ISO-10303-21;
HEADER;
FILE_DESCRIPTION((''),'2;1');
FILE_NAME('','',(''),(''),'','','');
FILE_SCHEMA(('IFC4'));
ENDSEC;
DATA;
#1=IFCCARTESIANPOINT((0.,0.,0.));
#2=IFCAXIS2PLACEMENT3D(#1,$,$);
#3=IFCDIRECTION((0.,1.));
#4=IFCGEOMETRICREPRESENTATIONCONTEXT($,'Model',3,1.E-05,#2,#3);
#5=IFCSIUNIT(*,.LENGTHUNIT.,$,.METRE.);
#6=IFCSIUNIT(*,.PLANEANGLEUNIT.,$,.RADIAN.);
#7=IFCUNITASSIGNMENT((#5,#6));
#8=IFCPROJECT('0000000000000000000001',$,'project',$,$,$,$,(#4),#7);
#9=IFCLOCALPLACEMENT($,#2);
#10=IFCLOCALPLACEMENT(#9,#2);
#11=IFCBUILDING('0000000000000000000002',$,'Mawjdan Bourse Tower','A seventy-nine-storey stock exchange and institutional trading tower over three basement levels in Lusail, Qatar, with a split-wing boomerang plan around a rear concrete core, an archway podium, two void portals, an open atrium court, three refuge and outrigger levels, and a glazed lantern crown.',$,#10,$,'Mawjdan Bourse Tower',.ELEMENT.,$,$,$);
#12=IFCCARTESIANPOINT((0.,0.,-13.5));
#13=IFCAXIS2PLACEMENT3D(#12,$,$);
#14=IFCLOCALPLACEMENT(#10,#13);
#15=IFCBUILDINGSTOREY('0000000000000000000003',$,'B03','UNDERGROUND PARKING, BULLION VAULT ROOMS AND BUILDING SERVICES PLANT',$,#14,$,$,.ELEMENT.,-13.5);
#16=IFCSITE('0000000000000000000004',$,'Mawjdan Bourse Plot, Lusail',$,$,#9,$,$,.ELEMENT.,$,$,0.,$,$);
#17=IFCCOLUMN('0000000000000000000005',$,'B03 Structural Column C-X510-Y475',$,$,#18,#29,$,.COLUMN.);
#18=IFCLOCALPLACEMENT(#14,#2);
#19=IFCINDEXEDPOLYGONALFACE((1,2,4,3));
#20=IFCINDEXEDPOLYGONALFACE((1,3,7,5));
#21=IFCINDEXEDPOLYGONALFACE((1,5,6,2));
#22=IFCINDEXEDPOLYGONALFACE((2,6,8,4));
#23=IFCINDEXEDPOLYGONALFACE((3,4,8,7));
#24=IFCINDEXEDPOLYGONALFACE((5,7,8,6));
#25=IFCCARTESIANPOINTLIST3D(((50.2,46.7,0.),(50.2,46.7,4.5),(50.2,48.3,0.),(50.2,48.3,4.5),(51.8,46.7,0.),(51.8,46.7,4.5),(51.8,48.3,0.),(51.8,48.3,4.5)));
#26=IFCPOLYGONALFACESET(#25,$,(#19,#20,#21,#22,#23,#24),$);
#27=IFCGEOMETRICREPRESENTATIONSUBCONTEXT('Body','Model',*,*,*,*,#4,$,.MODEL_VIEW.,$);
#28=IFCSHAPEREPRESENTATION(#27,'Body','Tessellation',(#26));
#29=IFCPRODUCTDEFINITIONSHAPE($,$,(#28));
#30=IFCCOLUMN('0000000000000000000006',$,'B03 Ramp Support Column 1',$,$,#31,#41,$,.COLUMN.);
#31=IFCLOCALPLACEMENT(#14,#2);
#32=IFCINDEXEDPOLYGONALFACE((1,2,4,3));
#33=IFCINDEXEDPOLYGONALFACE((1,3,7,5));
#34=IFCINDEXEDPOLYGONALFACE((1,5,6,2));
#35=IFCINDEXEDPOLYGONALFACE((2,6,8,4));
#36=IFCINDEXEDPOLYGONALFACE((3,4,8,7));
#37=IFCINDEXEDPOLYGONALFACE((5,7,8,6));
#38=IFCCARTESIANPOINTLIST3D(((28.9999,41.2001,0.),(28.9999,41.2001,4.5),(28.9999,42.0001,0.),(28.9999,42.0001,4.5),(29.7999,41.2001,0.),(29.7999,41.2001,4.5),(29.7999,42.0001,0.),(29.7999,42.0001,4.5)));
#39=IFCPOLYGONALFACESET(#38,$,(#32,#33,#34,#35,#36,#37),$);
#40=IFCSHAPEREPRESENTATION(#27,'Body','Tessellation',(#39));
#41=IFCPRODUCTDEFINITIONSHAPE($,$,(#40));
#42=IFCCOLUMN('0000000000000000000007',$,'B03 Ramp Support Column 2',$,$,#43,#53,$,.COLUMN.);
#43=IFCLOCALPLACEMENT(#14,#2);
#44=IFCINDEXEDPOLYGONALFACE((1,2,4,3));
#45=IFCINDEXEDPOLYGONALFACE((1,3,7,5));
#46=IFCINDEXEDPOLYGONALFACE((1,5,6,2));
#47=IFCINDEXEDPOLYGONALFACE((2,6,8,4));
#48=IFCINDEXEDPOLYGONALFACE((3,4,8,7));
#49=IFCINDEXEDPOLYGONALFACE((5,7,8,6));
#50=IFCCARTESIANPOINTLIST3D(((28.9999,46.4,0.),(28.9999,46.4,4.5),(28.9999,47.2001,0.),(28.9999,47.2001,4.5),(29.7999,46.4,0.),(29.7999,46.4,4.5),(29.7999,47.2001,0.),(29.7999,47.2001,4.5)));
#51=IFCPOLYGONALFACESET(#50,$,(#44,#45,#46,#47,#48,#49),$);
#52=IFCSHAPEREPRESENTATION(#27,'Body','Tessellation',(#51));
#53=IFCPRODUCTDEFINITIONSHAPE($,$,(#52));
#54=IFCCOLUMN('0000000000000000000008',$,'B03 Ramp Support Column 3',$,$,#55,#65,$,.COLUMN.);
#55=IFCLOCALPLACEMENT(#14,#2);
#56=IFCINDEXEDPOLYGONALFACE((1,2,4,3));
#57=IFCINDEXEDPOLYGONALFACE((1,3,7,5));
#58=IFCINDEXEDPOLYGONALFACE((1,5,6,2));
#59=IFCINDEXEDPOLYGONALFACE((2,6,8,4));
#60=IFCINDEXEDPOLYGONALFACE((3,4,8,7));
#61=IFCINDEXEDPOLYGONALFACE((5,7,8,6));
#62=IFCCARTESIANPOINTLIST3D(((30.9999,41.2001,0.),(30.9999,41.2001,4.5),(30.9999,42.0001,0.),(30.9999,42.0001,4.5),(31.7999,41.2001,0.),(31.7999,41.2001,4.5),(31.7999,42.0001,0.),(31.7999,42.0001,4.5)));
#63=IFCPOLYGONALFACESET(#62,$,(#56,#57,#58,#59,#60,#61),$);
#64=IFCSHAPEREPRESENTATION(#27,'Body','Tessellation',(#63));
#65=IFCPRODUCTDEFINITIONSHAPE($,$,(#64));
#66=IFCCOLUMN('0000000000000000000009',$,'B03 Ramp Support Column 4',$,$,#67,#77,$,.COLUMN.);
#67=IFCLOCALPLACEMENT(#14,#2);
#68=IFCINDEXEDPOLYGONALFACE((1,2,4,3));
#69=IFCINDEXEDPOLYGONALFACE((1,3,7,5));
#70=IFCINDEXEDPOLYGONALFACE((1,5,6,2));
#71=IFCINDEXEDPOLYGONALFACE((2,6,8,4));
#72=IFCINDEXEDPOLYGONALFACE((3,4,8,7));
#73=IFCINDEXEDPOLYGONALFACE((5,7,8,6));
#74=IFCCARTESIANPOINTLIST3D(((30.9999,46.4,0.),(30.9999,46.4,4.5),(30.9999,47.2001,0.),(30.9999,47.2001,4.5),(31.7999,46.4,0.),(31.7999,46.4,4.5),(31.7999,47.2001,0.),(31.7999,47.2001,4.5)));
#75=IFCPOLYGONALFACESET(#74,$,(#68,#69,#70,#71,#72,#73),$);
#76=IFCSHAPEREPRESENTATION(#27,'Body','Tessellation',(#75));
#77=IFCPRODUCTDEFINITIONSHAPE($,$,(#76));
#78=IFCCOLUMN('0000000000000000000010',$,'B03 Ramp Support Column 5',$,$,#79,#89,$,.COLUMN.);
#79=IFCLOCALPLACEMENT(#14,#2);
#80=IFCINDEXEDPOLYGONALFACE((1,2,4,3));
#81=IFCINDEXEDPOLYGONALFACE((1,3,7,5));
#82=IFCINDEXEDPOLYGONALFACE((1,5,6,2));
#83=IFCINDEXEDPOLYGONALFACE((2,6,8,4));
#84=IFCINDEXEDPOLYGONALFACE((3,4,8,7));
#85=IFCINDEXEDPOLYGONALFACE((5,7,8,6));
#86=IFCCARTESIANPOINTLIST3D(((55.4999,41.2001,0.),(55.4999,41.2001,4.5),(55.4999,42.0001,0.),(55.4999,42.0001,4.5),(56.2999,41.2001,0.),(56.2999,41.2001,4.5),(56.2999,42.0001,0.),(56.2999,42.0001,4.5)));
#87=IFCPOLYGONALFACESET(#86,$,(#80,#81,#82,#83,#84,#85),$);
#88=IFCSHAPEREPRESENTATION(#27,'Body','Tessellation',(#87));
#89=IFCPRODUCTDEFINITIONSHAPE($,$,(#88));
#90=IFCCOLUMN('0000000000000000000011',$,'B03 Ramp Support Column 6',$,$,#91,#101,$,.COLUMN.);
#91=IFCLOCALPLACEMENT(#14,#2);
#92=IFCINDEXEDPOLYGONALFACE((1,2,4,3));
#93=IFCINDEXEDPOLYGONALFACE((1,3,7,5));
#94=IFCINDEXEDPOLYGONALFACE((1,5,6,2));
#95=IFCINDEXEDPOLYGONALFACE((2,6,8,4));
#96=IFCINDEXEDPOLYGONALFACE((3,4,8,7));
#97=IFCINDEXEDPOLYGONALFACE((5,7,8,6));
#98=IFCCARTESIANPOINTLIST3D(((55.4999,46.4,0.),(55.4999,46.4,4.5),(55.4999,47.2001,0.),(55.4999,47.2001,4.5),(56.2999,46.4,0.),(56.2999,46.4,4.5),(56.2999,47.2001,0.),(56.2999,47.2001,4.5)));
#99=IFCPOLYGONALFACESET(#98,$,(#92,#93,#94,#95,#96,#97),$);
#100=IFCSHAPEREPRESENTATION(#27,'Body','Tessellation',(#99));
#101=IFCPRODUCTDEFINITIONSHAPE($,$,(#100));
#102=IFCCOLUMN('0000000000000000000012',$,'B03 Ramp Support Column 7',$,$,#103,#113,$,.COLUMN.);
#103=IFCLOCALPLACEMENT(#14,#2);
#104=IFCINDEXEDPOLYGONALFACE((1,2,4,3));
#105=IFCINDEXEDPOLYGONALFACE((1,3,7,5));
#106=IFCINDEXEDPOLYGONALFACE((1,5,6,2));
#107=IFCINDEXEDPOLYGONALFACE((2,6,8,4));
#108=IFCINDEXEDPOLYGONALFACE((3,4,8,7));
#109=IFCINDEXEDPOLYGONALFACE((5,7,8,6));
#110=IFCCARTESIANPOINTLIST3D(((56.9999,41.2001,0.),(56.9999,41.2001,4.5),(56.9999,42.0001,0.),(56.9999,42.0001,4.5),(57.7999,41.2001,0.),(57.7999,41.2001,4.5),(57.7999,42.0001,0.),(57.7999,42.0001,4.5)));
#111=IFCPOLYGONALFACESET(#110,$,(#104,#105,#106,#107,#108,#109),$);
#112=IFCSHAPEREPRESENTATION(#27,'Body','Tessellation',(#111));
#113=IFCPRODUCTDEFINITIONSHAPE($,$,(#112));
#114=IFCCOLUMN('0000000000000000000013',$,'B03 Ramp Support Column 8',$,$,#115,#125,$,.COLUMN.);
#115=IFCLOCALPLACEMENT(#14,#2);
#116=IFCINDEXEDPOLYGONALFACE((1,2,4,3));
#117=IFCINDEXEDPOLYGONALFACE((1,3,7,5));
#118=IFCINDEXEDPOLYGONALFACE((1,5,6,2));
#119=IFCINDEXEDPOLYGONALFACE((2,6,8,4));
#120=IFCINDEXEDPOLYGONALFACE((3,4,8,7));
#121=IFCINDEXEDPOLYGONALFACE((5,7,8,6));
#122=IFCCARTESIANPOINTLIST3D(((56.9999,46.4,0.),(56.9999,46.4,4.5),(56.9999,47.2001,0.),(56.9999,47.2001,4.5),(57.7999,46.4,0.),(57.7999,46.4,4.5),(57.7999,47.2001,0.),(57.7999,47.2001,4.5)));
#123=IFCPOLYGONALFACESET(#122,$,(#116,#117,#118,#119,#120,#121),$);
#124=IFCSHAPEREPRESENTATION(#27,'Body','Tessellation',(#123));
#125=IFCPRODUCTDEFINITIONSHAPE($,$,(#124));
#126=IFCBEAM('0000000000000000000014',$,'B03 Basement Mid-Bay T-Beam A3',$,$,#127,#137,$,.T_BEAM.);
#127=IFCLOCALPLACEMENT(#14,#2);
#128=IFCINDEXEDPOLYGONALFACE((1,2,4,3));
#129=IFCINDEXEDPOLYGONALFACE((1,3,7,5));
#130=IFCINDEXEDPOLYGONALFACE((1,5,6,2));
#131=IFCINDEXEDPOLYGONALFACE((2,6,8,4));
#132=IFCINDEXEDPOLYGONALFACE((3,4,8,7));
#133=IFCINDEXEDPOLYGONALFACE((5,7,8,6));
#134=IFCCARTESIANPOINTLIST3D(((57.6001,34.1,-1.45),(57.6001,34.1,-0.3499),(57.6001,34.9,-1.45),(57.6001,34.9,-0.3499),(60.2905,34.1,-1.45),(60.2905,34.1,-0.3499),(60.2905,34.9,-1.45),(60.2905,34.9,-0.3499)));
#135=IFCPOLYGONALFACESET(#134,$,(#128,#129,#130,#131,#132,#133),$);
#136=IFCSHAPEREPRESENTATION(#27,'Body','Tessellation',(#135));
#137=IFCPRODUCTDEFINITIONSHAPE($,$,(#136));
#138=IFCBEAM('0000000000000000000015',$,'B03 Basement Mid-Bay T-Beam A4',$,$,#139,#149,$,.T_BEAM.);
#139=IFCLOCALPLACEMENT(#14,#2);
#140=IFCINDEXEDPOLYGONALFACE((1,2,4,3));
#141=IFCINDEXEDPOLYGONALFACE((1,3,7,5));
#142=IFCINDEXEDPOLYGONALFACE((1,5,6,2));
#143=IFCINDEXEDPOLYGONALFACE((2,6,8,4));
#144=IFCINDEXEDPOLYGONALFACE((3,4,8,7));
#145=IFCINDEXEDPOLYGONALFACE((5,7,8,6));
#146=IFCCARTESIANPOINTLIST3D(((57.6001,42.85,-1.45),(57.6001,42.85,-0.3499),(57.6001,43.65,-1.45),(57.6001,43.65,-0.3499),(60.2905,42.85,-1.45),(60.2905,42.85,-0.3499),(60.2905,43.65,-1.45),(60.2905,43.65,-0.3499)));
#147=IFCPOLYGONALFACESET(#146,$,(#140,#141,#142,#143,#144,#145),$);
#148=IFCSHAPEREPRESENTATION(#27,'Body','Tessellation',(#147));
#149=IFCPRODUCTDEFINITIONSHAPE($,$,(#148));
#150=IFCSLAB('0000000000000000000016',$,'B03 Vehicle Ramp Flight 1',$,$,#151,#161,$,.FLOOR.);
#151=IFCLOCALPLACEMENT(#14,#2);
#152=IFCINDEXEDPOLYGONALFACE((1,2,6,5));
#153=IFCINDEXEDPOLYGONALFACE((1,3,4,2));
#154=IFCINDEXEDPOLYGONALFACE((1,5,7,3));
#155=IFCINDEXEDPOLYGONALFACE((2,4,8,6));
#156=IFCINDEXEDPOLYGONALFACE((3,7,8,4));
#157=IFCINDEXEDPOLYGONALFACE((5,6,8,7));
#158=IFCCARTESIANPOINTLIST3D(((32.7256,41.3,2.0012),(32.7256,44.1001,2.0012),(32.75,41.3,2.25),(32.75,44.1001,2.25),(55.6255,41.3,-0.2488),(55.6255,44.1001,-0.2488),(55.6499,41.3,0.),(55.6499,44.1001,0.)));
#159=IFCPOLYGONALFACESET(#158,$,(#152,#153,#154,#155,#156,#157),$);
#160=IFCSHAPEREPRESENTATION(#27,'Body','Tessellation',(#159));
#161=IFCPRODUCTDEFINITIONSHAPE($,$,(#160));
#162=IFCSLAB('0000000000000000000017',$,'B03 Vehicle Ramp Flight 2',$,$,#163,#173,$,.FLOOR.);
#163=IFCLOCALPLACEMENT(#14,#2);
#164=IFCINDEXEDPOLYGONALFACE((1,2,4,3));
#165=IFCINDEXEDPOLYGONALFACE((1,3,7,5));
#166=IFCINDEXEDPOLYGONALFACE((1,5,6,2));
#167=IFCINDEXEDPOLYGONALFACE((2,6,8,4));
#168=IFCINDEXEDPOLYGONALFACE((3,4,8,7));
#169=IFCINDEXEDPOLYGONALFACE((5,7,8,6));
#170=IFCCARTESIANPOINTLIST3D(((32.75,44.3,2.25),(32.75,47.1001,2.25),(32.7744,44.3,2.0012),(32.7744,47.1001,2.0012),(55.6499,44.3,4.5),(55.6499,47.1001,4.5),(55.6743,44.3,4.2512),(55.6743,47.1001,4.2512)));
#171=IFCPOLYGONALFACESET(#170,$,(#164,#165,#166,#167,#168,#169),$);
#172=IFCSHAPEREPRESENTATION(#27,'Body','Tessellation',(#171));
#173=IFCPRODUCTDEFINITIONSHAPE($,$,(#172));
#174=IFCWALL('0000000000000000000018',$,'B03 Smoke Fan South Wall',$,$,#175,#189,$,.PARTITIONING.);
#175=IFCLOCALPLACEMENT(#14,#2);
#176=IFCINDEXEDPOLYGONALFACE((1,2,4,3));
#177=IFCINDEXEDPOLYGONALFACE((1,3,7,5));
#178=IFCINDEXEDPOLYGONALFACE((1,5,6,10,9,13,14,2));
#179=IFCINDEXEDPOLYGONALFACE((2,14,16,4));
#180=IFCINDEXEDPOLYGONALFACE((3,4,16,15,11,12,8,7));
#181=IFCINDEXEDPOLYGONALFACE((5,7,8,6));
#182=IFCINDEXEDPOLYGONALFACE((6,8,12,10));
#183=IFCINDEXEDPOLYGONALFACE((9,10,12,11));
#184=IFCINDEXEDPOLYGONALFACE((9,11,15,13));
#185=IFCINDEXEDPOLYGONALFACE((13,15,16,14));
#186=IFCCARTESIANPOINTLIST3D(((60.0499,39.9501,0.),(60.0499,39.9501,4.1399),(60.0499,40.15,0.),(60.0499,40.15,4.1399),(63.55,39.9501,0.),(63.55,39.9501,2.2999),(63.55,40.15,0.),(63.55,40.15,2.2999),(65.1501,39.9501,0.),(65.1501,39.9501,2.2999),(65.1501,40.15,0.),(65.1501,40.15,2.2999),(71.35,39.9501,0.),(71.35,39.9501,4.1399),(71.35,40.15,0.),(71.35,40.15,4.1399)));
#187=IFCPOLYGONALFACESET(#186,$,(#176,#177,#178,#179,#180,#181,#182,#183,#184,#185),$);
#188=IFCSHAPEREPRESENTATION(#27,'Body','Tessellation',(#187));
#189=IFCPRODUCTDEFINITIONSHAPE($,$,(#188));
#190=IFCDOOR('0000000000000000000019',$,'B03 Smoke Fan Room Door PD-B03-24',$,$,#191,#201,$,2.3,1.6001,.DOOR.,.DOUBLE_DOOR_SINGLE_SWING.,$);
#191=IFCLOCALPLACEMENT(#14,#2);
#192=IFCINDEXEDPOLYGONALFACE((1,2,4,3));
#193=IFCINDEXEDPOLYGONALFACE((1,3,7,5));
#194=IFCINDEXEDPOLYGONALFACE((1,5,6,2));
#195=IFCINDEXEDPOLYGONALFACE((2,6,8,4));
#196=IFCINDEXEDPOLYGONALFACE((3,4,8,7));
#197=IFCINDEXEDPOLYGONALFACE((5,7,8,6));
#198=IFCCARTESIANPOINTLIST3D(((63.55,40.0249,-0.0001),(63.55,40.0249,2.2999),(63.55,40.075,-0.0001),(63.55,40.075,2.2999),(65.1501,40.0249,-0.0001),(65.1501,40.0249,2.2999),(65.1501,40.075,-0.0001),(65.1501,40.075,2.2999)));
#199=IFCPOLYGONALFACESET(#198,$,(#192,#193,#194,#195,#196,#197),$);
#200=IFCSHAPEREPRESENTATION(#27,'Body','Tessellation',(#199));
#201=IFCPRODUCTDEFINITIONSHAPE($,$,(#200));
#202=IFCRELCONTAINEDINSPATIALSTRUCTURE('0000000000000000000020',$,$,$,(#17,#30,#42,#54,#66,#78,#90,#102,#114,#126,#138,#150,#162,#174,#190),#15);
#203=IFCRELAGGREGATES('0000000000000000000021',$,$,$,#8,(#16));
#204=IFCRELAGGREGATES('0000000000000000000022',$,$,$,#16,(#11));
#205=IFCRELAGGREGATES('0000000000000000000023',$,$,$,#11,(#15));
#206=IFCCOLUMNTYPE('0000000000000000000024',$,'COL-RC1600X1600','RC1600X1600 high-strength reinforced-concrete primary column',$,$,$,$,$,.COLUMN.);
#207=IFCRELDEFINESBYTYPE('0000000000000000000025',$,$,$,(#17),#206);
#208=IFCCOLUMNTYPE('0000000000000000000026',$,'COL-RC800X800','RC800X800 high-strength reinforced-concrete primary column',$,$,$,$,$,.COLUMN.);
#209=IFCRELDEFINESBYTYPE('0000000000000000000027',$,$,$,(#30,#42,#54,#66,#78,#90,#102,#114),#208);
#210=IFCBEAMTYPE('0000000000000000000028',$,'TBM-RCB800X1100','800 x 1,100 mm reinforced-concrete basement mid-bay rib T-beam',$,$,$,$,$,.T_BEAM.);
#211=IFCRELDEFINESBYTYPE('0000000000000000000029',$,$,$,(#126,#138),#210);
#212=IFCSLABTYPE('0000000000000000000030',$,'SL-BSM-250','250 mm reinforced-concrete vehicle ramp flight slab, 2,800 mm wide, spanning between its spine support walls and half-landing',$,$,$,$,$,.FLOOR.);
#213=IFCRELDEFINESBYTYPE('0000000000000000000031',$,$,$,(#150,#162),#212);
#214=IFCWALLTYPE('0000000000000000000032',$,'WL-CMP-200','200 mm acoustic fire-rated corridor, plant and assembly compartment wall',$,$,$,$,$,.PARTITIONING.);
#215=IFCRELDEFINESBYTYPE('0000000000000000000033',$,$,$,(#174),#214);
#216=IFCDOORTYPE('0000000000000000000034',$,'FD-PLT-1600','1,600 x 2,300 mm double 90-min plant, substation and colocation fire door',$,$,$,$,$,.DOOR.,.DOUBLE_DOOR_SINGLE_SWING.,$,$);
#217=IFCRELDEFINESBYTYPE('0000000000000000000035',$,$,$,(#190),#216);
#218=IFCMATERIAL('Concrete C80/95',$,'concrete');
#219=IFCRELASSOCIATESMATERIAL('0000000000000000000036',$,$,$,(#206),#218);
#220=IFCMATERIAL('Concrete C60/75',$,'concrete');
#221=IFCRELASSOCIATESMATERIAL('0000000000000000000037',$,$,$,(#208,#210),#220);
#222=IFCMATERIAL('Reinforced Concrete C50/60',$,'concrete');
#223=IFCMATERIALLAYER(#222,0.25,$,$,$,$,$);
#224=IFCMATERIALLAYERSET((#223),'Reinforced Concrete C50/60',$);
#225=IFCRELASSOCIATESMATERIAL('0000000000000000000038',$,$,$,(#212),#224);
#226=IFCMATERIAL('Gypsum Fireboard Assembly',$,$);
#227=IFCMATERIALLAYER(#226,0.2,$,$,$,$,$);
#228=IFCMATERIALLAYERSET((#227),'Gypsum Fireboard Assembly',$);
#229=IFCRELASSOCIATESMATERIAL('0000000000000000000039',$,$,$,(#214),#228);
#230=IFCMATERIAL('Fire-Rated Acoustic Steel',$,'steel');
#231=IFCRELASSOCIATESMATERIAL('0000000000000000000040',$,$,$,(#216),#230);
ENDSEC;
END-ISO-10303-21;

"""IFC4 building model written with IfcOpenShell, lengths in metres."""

from ifc_helpers import new_model, si_unit, direction, frame, frame_2d, origin, origin_2d, place, context, subcontext, project, spatial, polyline, rectangle, outline, extrude, material, layer, layer_set, material_profile, profile_set, type_object, element, fill, save


model = new_model("IFC4")

# Units and contexts
model_context = context("Model", 3, precision=1e-05, world=origin(), true_north=direction((0.0, 1.0)))
body_context = subcontext(model_context, "Body", "Model", "MODEL_VIEW")
ifc_project = project(units=[si_unit("LENGTHUNIT", "METRE"), si_unit("PLANEANGLEUNIT", "RADIAN")], contexts=[model_context])

# Site, building, storey
site_placement = place(None, origin())
site = spatial("IfcSite", under=ifc_project, at=site_placement, Name="Mawjdan Bourse Plot, Lusail", CompositionType="ELEMENT", RefElevation=0.0)
building_placement = place(site_placement, origin())
building = spatial("IfcBuilding", under=site, at=building_placement, Name="Mawjdan Bourse Tower", Description="A seventy-nine-storey stock exchange and institutional trading tower over three basement levels in Lusail, Qatar, with a split-wing boomerang plan around a rear concrete core, an archway podium, two void portals, an open atrium court, three refuge and outrigger levels, and a glazed lantern crown.", LongName="Mawjdan Bourse Tower", CompositionType="ELEMENT")
storey_placement = place(building_placement, frame((0.0, 0.0, -13.5)))
storey = spatial("IfcBuildingStorey", under=building, at=storey_placement, Name="B03", Description="UNDERGROUND PARKING, BULLION VAULT ROOMS AND BUILDING SERVICES PLANT", CompositionType="ELEMENT", Elevation=-13.5)

# Shared definitions
ifc_material_1 = material(Name="Concrete C60/75", Category="concrete")

# Columns
ifc_material_2 = material(Name="Concrete C80/95", Category="concrete")
ifc_material_profile_1 = material_profile(ifc_material_2, rectangle(XDim=1.6001, YDim=1.6001, at=origin_2d()), Name="RC1600X1600")
ifc_profile_set_1 = profile_set([ifc_material_profile_1], Name="Concrete C80/95")
column_type_1 = type_object("IfcColumnType", Name="COL-RC1600X1600", Description="RC1600X1600 high-strength reinforced-concrete primary column", PredefinedType="COLUMN", material=ifc_profile_set_1)
for number, where, z_axis, x_axis, name in (
    (1, (51.0, 47.5, 0.0), (0.0, 0.0, 1.0), (1.0, 0.0, 0.0), "B03 Structural Column C-X510-Y475"),
):
    element("IfcColumn", number, at=place(storey_placement, frame(where, z_axis=z_axis, x_axis=x_axis)), inside=storey, type_object=column_type_1, Name=name, PredefinedType="COLUMN", context=body_context, shape_type="SweptSolid", body=[
        extrude(rectangle(XDim=1.6001, YDim=1.6001, at=origin_2d()), origin(), (0.0, 0.0, 1.0), 4.5),
    ])
ifc_material_profile_2 = material_profile(ifc_material_1, rectangle(XDim=0.8, YDim=0.8, at=origin_2d()), Name="RC800X800")
ifc_profile_set_2 = profile_set([ifc_material_profile_2], Name="Concrete C60/75")
column_type_2 = type_object("IfcColumnType", Name="COL-RC800X800", Description="RC800X800 high-strength reinforced-concrete primary column", PredefinedType="COLUMN", material=ifc_profile_set_2)
for number, where, z_axis, x_axis, name in (
    (2, (29.3999, 41.6001, 0.0), (0.0, 0.0, 1.0), (1.0, 0.0, 0.0), "B03 Ramp Support Column 1"),
    (3, (29.3999, 46.8, 0.0), (0.0, 0.0, 1.0), (1.0, 0.0, 0.0), "B03 Ramp Support Column 2"),
    (4, (31.3999, 41.6001, 0.0), (0.0, 0.0, 1.0), (1.0, 0.0, 0.0), "B03 Ramp Support Column 3"),
    (5, (31.3999, 46.8, 0.0), (0.0, 0.0, 1.0), (1.0, 0.0, 0.0), "B03 Ramp Support Column 4"),
    (6, (55.8999, 41.6001, 0.0), (0.0, 0.0, 1.0), (1.0, 0.0, 0.0), "B03 Ramp Support Column 5"),
    (7, (55.8999, 46.8, 0.0), (0.0, 0.0, 1.0), (1.0, 0.0, 0.0), "B03 Ramp Support Column 6"),
    (8, (57.3999, 41.6001, 0.0), (0.0, 0.0, 1.0), (1.0, 0.0, 0.0), "B03 Ramp Support Column 7"),
    (9, (57.3999, 46.8, 0.0), (0.0, 0.0, 1.0), (1.0, 0.0, 0.0), "B03 Ramp Support Column 8"),
):
    element("IfcColumn", number, at=place(storey_placement, frame(where, z_axis=z_axis, x_axis=x_axis)), inside=storey, type_object=column_type_2, Name=name, PredefinedType="COLUMN", context=body_context, shape_type="SweptSolid", body=[
        extrude(rectangle(XDim=0.8, YDim=0.8, at=origin_2d()), origin(), (0.0, 0.0, 1.0), 4.5),
    ])

# Beams
ifc_material_profile_3 = material_profile(ifc_material_1, rectangle(XDim=0.8, YDim=1.1001, at=origin_2d()), Name="RCB800X1100")
ifc_profile_set_3 = profile_set([ifc_material_profile_3], Name="Concrete C60/75")
beam_type = type_object("IfcBeamType", Name="TBM-RCB800X1100", Description="800 x 1,100 mm reinforced-concrete basement mid-bay rib T-beam", PredefinedType="T_BEAM", material=ifc_profile_set_3)
for number, where, z_axis, x_axis, name in (
    (10, (57.6001, 34.5, -0.8999), (1.0, 0.0, 0.0), (0.0, 1.0, 0.0), "B03 Basement Mid-Bay T-Beam A3"),
    (11, (57.6001, 43.25, -0.8999), (1.0, 0.0, 0.0), (0.0, 1.0, 0.0), "B03 Basement Mid-Bay T-Beam A4"),
):
    element("IfcBeam", number, at=place(storey_placement, frame(where, z_axis=z_axis, x_axis=x_axis)), inside=storey, type_object=beam_type, Name=name, PredefinedType="T_BEAM", context=body_context, shape_type="SweptSolid", body=[
        extrude(rectangle(XDim=0.8, YDim=1.1001, at=origin_2d()), origin(), (0.0, 0.0, 1.0), 2.6904),
    ])

# Slabs
ifc_material_3 = material(Name="Reinforced Concrete C50/60", Category="concrete")
ifc_layer_1 = layer(ifc_material_3, 0.25)
ifc_layer_set_1 = layer_set([ifc_layer_1], Name="Reinforced Concrete C50/60")
slab_type = type_object("IfcSlabType", Name="SL-BSM-250", Description="250 mm reinforced-concrete vehicle ramp flight slab, 2,800 mm wide, spanning between its spine support walls and half-landing", PredefinedType="FLOOR", material=ifc_layer_set_1)
slab_1_placement = place(storey_placement, frame((55.6499, 41.3, 0.0), z_axis=(0.097783, 0.0, 0.995208), x_axis=(-0.995208, 0.0, 0.097783)))
element("IfcSlab", 12, at=slab_1_placement, inside=storey, type_object=slab_type, Name="B03 Vehicle Ramp Flight 1", PredefinedType="FLOOR", context=body_context, shape_type="SweptSolid", body=[
    extrude(outline(polyline([(0.0, 0.0), (23.0102, 0.0), (23.0102, -2.8), (0.0, -2.8), (0.0, 0.0)])), origin(), (0.0, 0.0, -1.0), 0.25),
])
slab_2_placement = place(storey_placement, frame((32.75, 44.3, 2.25), z_axis=(-0.097783, 0.0, 0.995208), x_axis=(0.995208, 0.0, 0.097783)))
element("IfcSlab", 13, at=slab_2_placement, inside=storey, type_object=slab_type, Name="B03 Vehicle Ramp Flight 2", PredefinedType="FLOOR", context=body_context, shape_type="SweptSolid", body=[
    extrude(outline(polyline([(0.0, 0.0), (23.0102, 0.0), (23.0102, 2.8), (0.0, 2.8), (0.0, 0.0)])), origin(), (0.0, 0.0, -1.0), 0.25),
])

# Wall, opening, door
ifc_material_4 = material(Name="Gypsum Fireboard Assembly")
ifc_layer_2 = layer(ifc_material_4, 0.2)
ifc_layer_set_2 = layer_set([ifc_layer_2], Name="Gypsum Fireboard Assembly")
wall_type_1 = type_object("IfcWallType", Name="WL-CMP-200", Description="200 mm acoustic fire-rated corridor, plant and assembly compartment wall", PredefinedType="PARTITIONING", material=ifc_layer_set_2)
wall_1_placement = place(storey_placement, frame((60.05, 40.05, 0.0), z_axis=(0.0, 0.0, 1.0), x_axis=(1.0, 0.0, 0.0)))
wall_1 = element("IfcWall", 14, at=wall_1_placement, inside=storey, type_object=wall_type_1, Name="B03 Smoke Fan South Wall", PredefinedType="PARTITIONING", context=body_context, shape_type="SweptSolid", body=[
    extrude(rectangle(XDim=11.3, YDim=0.2, at=frame_2d((5.6499, 0.0))), origin(), (0.0, 0.0, 1.0), 4.1399),
])
opening_placement = place(wall_1_placement, frame((3.5, 0.0, 0.0)))
opening = element("IfcOpeningElement", 15, at=opening_placement, cuts=wall_1, PredefinedType="OPENING", context=body_context, shape_type="SweptSolid", body=[
    extrude(rectangle(XDim=1.6001, YDim=2.3, at=frame_2d((0.8, 1.1499))), frame((0.0, 0.1099, 0.0), z_axis=(0.0, -1.0, 0.0), x_axis=(1.0, 0.0, 0.0)), (0.0, 0.0, 1.0), 0.22),
])
ifc_material_5 = material(Name="Fire-Rated Acoustic Steel", Category="steel")
door_type = type_object("IfcDoorType", Name="FD-PLT-1600", Description="1,600 x 2,300 mm double 90-min plant, substation and colocation fire door", OperationType="DOUBLE_DOOR_SINGLE_SWING", PredefinedType="DOOR", material=ifc_material_5)
door_placement = place(opening_placement, origin())
door = element("IfcDoor", 16, at=door_placement, inside=storey, type_object=door_type, Name="B03 Smoke Fan Room Door PD-B03-24", OperationType="DOUBLE_DOOR_SINGLE_SWING", OverallHeight=2.3, OverallWidth=1.6001, PredefinedType="DOOR", context=body_context, shape_type="SweptSolid", body=[
    extrude(rectangle(XDim=1.6001, YDim=2.3, at=frame_2d((0.8, 1.1499))), frame((0.0, 0.0249, 0.0), z_axis=(0.0, -1.0, 0.0), x_axis=(1.0, 0.0, 0.0)), (0.0, 0.0, 1.0), 0.05),
])
fill(opening, door)

save(model, "model.ifc")
